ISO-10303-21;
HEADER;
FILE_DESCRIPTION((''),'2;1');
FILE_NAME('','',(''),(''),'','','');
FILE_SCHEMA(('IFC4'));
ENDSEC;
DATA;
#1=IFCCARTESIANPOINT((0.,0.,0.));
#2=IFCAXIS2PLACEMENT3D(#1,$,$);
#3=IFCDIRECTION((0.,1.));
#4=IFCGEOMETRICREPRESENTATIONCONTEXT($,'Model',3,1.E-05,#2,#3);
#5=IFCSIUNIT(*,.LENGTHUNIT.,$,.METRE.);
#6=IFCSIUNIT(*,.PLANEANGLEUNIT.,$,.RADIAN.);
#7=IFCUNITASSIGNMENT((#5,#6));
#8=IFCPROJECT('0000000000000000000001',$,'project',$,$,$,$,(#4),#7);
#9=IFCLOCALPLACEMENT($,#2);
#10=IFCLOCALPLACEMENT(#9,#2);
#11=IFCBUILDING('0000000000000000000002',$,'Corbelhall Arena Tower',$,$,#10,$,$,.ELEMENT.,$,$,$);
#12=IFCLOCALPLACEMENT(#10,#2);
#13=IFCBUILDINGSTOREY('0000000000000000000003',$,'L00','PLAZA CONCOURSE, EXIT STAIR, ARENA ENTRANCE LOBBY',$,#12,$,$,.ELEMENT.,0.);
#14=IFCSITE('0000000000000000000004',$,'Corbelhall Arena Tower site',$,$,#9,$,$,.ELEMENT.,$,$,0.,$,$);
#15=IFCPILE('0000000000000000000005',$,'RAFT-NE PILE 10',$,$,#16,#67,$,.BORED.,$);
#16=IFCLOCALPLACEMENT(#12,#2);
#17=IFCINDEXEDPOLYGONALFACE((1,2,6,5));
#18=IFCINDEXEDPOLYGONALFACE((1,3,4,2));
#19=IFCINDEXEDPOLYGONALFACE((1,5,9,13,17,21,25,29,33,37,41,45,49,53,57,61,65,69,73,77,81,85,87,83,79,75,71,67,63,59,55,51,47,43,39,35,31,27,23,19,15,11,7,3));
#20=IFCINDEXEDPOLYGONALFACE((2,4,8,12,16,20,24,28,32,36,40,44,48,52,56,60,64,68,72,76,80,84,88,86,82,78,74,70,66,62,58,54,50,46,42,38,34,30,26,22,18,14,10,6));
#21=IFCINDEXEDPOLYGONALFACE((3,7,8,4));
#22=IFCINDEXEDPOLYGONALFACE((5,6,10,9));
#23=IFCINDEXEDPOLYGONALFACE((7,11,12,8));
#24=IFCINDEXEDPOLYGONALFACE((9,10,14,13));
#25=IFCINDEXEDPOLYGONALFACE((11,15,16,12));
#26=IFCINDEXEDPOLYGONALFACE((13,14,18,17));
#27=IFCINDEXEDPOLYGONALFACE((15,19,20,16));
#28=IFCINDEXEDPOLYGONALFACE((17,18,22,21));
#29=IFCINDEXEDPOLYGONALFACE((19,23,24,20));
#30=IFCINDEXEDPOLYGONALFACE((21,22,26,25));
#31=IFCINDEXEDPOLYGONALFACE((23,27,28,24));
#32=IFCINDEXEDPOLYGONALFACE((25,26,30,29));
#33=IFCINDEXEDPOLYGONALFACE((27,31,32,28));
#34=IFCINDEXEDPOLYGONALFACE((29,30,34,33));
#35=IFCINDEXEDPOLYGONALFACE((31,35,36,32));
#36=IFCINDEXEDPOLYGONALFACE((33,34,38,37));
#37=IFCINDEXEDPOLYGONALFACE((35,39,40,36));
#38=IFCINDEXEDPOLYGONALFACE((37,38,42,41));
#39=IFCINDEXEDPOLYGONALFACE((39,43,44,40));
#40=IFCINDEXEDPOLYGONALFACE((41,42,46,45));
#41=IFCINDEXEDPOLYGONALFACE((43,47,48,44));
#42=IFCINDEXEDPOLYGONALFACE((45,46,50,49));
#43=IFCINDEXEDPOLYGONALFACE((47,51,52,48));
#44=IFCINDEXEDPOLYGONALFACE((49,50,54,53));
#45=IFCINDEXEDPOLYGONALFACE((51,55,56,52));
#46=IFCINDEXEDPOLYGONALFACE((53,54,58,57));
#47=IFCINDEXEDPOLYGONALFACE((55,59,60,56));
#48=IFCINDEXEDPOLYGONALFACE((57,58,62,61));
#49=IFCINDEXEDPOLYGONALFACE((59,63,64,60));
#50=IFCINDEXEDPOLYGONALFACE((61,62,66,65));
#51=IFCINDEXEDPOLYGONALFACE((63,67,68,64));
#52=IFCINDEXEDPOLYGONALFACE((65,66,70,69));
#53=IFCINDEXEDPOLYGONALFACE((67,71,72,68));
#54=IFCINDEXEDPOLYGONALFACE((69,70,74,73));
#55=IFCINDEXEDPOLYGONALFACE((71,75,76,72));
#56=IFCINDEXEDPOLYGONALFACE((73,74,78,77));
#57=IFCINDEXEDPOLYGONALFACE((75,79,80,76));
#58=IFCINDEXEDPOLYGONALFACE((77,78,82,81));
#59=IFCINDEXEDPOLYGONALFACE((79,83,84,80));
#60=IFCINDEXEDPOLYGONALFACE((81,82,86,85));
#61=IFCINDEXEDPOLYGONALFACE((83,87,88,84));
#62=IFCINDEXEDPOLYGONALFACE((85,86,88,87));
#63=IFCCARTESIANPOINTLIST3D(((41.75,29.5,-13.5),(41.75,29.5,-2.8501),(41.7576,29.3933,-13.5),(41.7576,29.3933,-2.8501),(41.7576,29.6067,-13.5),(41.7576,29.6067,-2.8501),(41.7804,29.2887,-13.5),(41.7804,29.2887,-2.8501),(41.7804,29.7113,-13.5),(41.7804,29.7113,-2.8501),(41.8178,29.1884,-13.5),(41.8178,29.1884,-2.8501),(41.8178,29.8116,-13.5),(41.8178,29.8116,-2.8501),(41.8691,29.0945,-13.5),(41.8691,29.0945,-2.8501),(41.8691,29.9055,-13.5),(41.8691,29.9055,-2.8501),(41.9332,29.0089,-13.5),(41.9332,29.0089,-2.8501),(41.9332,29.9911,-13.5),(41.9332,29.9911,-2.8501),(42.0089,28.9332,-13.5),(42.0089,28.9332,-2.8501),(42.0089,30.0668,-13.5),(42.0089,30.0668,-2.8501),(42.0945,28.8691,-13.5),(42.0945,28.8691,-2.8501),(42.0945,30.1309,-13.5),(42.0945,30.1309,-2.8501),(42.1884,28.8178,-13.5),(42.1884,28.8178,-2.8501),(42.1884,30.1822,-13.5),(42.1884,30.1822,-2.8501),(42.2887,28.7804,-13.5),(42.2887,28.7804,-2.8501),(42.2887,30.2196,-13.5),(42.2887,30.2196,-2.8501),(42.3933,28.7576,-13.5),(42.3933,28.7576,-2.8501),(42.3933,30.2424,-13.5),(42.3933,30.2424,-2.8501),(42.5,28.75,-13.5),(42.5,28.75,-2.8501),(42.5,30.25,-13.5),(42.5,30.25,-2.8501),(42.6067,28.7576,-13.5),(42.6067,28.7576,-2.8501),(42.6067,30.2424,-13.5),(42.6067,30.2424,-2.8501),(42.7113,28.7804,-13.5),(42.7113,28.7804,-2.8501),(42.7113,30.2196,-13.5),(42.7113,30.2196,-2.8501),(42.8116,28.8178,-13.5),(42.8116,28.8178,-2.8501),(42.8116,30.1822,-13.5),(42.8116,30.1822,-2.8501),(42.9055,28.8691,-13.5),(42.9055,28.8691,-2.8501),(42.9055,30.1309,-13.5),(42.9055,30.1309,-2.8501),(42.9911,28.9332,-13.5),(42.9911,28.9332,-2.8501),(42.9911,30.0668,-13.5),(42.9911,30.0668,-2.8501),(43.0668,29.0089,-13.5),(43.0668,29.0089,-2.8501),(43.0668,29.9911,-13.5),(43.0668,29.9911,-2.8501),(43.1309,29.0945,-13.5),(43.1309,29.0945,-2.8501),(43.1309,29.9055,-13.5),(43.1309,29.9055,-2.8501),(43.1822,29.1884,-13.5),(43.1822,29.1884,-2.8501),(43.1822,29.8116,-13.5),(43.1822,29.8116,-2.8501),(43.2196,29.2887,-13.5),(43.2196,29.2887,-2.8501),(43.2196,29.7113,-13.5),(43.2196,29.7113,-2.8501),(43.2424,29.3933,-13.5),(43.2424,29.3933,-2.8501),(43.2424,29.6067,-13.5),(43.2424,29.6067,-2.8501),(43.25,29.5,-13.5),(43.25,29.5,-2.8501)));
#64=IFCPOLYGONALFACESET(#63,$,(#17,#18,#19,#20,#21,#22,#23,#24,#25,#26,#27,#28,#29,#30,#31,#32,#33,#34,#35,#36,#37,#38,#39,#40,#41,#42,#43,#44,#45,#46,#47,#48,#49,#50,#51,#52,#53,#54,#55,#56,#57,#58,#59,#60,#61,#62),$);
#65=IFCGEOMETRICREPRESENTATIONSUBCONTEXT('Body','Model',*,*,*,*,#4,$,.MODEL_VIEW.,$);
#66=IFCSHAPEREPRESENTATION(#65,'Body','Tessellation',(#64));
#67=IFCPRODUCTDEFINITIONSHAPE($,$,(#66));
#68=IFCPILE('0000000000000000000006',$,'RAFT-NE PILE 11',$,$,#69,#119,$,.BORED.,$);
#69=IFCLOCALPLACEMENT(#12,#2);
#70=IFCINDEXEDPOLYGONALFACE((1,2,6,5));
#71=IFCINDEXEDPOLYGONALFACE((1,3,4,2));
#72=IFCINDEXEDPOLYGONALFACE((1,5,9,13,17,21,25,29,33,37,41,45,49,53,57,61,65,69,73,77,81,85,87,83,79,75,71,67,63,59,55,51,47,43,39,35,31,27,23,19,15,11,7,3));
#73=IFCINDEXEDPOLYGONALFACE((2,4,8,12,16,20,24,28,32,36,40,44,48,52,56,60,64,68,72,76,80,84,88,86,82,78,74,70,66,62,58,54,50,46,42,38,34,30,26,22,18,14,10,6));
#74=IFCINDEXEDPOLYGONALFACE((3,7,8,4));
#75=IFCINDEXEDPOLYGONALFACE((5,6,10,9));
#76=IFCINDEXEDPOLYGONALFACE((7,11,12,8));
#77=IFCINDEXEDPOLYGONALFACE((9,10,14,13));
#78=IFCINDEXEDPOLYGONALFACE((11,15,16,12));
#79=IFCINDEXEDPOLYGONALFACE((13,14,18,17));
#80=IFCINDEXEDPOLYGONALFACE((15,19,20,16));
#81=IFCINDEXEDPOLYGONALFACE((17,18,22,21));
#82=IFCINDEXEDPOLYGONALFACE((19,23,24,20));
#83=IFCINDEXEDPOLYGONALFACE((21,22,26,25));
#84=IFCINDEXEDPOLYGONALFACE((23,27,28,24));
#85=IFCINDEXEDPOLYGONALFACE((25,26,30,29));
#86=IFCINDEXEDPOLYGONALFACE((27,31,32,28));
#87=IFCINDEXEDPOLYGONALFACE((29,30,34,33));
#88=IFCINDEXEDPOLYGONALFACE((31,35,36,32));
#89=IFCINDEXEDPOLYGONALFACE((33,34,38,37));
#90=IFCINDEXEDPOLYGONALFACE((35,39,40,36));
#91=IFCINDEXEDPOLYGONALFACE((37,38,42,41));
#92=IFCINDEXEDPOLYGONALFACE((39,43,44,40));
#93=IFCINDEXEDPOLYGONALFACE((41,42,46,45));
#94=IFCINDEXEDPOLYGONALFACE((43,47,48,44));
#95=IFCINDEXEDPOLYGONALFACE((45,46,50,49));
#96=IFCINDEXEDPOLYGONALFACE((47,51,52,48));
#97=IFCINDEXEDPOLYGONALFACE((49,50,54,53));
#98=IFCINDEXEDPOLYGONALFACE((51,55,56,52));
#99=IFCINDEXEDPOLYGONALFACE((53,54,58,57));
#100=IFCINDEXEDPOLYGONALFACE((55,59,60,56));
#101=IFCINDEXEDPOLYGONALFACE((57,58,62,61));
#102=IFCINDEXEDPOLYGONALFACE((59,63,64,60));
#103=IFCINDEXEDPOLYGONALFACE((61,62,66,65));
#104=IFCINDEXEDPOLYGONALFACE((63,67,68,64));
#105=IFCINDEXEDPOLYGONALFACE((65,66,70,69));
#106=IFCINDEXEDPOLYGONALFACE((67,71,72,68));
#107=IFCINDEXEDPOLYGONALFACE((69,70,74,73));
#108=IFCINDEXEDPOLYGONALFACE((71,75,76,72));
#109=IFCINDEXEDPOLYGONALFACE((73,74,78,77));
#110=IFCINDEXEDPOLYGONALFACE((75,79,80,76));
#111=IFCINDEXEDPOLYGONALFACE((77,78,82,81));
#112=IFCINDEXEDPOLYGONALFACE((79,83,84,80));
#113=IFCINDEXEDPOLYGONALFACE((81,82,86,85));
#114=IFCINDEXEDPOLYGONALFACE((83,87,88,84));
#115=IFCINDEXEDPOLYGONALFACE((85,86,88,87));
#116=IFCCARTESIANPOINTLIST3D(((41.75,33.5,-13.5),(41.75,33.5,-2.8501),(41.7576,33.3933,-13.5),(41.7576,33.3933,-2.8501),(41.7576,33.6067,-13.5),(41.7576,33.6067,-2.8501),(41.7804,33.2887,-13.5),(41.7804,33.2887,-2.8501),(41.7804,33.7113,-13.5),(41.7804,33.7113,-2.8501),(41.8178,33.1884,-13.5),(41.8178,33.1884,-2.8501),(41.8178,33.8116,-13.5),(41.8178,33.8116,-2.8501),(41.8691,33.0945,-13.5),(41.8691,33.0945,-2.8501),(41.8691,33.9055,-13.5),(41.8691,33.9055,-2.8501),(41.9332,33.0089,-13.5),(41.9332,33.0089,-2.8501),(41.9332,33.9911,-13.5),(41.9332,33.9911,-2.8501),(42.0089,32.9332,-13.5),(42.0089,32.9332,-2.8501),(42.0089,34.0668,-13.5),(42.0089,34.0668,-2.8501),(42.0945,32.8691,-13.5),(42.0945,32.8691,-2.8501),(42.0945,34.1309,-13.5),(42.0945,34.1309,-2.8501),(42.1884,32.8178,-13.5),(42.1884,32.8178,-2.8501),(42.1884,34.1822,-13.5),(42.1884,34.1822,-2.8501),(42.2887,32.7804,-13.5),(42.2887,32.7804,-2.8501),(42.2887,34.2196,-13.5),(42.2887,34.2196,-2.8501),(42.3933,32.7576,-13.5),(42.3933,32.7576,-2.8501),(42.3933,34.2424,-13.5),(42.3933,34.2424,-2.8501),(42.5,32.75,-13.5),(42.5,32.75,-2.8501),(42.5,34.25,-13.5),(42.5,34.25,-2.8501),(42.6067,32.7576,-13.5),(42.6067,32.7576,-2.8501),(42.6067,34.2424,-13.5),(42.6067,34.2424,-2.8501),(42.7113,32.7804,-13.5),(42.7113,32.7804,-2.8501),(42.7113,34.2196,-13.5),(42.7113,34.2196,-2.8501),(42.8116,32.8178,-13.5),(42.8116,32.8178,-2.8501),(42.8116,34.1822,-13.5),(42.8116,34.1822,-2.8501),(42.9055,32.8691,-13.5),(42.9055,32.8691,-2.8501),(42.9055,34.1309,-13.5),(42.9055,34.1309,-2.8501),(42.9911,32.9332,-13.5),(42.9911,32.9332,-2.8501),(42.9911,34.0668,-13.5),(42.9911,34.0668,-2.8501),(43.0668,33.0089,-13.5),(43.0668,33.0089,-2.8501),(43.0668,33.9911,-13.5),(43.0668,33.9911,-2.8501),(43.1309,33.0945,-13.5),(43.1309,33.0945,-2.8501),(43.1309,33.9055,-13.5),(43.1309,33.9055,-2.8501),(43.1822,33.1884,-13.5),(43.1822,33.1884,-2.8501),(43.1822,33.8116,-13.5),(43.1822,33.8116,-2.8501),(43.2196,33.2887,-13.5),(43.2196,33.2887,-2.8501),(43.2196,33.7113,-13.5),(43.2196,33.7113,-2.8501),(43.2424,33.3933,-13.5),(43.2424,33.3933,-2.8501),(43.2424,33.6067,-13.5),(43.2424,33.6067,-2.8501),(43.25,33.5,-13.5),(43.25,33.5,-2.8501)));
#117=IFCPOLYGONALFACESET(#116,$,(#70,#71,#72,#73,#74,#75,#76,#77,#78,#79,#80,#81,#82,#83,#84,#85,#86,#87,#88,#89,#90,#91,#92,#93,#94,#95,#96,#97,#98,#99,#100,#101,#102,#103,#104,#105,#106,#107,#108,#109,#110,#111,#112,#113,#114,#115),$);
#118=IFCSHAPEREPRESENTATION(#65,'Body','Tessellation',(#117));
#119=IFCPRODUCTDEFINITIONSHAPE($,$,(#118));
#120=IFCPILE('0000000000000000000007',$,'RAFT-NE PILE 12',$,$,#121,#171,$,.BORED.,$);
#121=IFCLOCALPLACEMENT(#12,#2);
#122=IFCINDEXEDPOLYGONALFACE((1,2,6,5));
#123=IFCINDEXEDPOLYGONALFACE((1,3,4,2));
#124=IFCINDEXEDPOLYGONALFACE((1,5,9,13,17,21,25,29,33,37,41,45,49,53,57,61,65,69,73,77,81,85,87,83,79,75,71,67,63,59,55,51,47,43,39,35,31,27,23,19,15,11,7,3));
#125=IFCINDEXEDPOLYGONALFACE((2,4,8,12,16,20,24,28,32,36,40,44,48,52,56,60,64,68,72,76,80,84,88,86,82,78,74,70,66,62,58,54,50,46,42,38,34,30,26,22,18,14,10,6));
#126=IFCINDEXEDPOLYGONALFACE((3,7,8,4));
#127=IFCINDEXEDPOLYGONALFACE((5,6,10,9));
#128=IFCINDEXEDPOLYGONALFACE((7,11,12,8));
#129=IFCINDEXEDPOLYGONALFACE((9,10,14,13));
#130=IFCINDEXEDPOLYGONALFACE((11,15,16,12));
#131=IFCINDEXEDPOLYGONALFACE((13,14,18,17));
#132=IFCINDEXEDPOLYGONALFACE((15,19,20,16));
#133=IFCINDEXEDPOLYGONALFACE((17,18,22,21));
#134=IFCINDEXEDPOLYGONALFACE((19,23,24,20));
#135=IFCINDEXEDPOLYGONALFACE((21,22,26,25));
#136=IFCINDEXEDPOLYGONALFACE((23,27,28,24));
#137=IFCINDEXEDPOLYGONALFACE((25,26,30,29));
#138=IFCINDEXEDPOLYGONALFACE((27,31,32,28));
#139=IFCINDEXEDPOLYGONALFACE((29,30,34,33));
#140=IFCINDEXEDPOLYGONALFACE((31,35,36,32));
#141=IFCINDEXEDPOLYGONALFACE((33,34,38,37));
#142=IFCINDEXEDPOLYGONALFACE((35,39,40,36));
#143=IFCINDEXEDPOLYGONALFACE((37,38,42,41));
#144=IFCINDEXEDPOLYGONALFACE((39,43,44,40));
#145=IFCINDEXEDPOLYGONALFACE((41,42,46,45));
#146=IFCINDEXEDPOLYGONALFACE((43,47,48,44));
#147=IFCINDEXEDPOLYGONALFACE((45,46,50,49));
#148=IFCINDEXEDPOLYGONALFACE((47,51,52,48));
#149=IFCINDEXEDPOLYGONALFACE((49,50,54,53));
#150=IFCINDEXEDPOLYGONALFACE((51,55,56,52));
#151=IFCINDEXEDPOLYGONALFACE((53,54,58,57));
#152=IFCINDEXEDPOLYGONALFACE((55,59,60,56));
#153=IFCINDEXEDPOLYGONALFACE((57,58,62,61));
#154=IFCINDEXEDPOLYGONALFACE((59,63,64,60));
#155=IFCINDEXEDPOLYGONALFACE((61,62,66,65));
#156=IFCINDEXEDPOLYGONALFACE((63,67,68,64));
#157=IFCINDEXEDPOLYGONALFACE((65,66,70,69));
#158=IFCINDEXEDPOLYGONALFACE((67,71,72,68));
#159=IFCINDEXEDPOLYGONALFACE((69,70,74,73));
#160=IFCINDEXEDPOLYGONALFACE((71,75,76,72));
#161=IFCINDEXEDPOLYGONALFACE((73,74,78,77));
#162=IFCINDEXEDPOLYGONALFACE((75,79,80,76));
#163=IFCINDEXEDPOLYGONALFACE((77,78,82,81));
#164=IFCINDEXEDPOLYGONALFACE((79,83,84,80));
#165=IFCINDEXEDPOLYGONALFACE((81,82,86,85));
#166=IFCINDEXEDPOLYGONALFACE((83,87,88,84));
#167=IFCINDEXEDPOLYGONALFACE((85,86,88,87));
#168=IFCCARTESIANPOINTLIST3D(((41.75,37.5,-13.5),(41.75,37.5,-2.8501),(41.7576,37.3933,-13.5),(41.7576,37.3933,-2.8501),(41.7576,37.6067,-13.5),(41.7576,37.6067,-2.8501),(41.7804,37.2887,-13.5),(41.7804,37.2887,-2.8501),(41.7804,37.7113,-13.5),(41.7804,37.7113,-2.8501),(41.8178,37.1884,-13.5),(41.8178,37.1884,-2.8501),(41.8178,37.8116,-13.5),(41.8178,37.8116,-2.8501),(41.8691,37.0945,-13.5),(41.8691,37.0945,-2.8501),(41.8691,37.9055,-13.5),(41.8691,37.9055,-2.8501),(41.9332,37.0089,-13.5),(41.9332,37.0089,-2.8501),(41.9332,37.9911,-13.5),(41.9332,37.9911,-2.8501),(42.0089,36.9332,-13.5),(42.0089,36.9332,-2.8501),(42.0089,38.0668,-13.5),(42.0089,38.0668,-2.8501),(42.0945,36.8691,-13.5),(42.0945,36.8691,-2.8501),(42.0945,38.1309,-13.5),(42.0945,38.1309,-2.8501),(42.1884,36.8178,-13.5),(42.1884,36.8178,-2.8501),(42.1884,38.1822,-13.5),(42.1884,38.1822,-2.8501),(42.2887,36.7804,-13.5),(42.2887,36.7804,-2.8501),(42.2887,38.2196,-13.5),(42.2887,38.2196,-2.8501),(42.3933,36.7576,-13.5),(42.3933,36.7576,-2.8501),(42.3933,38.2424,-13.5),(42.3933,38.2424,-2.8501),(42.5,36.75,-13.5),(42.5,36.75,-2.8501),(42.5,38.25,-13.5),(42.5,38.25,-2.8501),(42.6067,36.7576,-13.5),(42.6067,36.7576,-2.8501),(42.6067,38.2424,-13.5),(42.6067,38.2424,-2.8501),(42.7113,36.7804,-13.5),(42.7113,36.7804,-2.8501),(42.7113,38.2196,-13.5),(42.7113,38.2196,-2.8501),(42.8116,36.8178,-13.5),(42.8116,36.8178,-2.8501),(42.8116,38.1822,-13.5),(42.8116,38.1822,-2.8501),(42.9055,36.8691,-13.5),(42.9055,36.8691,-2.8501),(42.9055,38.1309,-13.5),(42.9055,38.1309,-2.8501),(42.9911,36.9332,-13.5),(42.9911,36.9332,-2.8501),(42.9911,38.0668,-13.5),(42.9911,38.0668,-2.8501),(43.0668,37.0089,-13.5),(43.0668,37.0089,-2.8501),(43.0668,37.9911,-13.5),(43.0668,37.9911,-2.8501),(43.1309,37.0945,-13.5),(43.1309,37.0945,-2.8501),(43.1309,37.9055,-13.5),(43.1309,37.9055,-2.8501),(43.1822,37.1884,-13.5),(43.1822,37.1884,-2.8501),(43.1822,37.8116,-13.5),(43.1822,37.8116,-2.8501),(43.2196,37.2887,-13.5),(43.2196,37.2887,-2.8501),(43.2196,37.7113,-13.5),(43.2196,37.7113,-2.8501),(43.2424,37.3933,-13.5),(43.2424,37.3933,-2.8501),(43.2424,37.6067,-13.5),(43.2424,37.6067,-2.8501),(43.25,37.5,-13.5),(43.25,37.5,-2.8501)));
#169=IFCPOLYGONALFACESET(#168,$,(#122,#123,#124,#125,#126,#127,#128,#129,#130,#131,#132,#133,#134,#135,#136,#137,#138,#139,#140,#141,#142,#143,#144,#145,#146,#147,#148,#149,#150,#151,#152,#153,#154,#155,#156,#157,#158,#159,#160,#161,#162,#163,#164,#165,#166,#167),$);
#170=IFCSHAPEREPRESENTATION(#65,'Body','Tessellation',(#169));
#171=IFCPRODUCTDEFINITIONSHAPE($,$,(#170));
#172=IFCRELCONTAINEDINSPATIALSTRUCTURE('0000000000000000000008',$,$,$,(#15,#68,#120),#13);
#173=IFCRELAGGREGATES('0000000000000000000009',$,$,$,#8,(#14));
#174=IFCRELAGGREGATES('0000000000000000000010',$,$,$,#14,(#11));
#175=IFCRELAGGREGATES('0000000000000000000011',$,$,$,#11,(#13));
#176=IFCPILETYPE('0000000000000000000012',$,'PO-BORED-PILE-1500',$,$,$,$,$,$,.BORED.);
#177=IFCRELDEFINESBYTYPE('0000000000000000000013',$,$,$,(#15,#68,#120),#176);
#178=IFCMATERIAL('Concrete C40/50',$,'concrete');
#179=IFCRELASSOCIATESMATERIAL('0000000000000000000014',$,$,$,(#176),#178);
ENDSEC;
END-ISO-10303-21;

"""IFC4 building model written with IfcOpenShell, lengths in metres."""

from ifc_helpers import new_model, si_unit, direction, frame, origin, origin_2d, place, context, subcontext, project, spatial, circle, extrude, material, material_profile, profile_set, type_object, element, save


model = new_model("IFC4")

# Units and contexts
model_context = context("Model", 3, precision=1e-05, world=origin(), true_north=direction((0.0, 1.0)))
body_context = subcontext(model_context, "Body", "Model", "MODEL_VIEW")
ifc_project = project(units=[si_unit("LENGTHUNIT", "METRE"), si_unit("PLANEANGLEUNIT", "RADIAN")], contexts=[model_context])

# Site, building, storey
site_placement = place(None, origin())
site = spatial("IfcSite", under=ifc_project, at=site_placement, Name="Corbelhall Arena Tower site", CompositionType="ELEMENT", RefElevation=0.0)
building_placement = place(site_placement, origin())
building = spatial("IfcBuilding", under=site, at=building_placement, Name="Corbelhall Arena Tower", CompositionType="ELEMENT")
storey_placement = place(building_placement, origin())
storey = spatial("IfcBuildingStorey", under=building, at=storey_placement, Name="L00", Description="PLAZA CONCOURSE, EXIT STAIR, ARENA ENTRANCE LOBBY", CompositionType="ELEMENT", Elevation=0.0)

# Piles
ifc_material_1 = material(Name="Concrete C40/50", Category="concrete")
ifc_material_profile = material_profile(ifc_material_1, circle(Radius=0.75, at=origin_2d()))
ifc_profile_set = profile_set([ifc_material_profile], Name="Concrete C40/50")
pile_type = type_object("IfcPileType", Name="PO-BORED-PILE-1500", PredefinedType="BORED", material=ifc_profile_set)
for number, where, z_axis, x_axis, name in (
    (1, (42.5, 29.5, -2.8501), (0.0, 0.0, -1.0), (1.0, 0.0, 0.0), "RAFT-NE PILE 10"),
    (2, (42.5, 33.5, -2.8501), (0.0, 0.0, -1.0), (1.0, 0.0, 0.0), "RAFT-NE PILE 11"),
    (3, (42.5, 37.5, -2.8501), (0.0, 0.0, -1.0), (1.0, 0.0, 0.0), "RAFT-NE PILE 12"),
):
    element("IfcPile", number, at=place(storey_placement, frame(where, z_axis=z_axis, x_axis=x_axis)), inside=storey, type_object=pile_type, Name=name, PredefinedType="BORED", context=body_context, shape_type="SweptSolid", body=[
        extrude(circle(Radius=0.75, at=origin_2d()), origin(), (0.0, 0.0, 1.0), 10.6499),
    ])

save(model, "model.ifc")
